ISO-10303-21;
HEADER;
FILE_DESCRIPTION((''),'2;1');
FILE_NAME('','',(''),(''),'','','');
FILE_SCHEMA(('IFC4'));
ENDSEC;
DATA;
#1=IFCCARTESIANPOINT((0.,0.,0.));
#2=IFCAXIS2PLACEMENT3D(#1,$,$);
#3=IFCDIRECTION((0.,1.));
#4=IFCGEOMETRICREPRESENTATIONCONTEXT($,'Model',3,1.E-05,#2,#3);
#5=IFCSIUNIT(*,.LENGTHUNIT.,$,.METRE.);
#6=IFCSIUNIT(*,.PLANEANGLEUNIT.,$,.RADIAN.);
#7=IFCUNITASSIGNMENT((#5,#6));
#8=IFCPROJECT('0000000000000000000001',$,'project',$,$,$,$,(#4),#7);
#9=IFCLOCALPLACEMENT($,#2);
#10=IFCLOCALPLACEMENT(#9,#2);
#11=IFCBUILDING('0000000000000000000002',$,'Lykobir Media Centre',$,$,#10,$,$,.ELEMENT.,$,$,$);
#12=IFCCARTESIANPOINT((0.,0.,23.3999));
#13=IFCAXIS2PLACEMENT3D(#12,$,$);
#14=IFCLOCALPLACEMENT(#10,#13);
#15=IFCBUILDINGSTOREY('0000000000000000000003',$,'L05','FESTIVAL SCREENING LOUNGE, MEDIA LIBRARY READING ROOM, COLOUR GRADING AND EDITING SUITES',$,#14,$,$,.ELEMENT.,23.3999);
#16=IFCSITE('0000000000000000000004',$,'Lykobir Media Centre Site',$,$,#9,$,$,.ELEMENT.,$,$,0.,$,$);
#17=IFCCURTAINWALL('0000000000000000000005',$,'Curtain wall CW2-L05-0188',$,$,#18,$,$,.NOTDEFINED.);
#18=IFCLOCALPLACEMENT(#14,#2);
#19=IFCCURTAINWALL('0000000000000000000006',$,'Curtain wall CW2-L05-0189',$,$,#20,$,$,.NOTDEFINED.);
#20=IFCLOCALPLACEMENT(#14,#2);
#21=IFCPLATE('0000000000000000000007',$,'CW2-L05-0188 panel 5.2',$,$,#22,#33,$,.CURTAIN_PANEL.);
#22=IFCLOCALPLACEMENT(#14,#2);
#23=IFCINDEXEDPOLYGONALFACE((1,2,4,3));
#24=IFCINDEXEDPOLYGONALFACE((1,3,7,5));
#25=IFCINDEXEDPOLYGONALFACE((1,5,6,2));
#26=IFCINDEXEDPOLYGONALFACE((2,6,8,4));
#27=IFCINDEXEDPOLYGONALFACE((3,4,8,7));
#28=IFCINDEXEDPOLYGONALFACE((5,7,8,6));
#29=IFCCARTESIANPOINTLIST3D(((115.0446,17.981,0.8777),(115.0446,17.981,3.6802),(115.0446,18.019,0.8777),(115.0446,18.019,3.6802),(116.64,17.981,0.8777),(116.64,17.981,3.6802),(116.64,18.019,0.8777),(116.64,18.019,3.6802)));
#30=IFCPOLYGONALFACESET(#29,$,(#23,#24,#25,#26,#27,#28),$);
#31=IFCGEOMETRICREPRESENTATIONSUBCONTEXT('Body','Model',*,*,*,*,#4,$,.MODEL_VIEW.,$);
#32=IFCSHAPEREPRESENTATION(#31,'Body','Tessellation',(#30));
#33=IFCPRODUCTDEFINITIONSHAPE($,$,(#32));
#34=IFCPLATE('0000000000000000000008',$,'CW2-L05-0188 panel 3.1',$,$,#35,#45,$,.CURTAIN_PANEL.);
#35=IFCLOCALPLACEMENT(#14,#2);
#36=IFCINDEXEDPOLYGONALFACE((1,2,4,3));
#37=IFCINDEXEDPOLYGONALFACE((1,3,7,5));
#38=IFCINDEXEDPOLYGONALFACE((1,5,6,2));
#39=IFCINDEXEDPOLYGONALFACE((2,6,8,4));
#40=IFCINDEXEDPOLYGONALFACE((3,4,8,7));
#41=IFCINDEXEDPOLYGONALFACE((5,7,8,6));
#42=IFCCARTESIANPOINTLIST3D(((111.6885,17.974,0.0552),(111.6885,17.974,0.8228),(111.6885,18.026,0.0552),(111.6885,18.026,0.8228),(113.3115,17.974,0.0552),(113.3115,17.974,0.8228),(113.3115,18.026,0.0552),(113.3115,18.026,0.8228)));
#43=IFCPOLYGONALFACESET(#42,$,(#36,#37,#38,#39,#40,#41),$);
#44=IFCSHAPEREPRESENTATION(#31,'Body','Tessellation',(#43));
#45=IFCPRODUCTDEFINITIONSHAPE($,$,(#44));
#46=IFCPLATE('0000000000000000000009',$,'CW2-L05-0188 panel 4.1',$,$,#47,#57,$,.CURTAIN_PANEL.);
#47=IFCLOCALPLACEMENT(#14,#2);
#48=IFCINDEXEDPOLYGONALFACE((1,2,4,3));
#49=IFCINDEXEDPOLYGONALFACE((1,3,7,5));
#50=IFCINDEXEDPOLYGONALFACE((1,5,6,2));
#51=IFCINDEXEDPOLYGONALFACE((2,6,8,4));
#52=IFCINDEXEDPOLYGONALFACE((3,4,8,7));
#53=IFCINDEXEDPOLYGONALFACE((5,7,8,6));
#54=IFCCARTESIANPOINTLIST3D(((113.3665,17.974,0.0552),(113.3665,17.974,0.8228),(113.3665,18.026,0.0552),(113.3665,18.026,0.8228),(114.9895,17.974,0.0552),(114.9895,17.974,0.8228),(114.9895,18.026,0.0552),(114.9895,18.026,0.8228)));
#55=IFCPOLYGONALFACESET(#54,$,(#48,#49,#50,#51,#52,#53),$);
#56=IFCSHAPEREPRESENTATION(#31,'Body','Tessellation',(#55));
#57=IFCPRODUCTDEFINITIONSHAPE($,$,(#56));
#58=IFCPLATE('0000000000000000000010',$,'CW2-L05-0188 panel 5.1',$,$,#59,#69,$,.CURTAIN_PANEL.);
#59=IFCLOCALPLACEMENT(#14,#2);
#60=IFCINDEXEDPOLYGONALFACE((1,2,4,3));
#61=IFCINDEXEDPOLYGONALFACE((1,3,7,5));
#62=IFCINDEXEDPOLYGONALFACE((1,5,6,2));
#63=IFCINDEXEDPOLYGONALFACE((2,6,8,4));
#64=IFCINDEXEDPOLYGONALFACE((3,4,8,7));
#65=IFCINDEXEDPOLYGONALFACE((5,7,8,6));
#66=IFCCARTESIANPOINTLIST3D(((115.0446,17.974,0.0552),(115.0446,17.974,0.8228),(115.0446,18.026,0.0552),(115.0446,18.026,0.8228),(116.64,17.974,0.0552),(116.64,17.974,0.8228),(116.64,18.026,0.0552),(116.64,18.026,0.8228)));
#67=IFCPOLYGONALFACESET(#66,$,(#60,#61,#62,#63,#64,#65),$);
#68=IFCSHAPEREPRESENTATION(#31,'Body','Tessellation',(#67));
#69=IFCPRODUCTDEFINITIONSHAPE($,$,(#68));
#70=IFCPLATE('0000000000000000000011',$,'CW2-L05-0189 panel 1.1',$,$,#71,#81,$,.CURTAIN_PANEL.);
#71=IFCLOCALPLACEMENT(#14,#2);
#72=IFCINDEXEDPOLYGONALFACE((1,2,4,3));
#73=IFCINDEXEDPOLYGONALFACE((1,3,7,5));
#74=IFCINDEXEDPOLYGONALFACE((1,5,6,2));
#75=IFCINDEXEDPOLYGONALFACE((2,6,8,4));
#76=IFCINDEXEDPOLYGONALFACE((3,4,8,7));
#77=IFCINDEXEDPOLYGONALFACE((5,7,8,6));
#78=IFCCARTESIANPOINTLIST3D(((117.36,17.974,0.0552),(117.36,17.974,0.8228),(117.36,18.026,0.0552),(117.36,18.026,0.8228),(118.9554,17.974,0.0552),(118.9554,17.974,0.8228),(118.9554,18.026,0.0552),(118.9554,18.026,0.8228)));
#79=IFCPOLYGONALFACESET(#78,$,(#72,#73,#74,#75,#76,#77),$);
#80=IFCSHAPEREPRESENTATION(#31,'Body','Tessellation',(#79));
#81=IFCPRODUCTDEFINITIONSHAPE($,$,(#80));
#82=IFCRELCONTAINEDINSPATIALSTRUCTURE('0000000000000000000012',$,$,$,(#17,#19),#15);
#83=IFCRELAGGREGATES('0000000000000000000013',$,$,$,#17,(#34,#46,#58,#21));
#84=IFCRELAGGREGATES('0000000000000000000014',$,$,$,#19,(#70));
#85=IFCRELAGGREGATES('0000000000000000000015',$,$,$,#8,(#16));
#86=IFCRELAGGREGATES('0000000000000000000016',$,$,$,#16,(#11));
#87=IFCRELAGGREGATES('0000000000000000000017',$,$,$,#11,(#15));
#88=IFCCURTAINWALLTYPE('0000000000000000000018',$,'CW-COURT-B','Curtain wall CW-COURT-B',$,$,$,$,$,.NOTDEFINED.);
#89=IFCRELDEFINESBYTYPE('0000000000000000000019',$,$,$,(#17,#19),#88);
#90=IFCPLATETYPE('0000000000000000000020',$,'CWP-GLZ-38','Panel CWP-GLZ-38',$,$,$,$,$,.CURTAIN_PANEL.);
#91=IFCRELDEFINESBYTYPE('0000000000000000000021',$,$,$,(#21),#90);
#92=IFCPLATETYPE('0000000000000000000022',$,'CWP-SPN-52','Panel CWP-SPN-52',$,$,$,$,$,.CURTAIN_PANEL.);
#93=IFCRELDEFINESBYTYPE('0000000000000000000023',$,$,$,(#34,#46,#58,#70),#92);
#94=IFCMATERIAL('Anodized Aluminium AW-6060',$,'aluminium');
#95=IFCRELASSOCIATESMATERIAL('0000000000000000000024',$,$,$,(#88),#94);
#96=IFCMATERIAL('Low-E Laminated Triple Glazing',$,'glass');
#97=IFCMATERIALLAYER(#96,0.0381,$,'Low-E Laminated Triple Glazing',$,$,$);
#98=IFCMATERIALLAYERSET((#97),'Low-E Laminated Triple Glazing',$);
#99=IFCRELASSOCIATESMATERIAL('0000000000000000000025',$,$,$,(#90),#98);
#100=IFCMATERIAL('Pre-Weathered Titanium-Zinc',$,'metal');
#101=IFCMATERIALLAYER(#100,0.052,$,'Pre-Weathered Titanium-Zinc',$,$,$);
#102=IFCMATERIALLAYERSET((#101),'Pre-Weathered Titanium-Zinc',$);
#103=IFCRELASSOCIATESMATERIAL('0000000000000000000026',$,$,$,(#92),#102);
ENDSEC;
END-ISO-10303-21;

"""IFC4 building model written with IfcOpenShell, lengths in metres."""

from ifc_helpers import new_model, si_unit, direction, frame, origin, origin_2d, place, context, subcontext, project, spatial, rectangle, extrude, material, layer, layer_set, type_object, element, aggregate, save


model = new_model("IFC4")

# Units and contexts
model_context = context("Model", 3, precision=1e-05, world=origin(), true_north=direction((0.0, 1.0)))
body_context = subcontext(model_context, "Body", "Model", "MODEL_VIEW")
ifc_project = project(units=[si_unit("LENGTHUNIT", "METRE"), si_unit("PLANEANGLEUNIT", "RADIAN")], contexts=[model_context])

# Site, building, storey
site_placement = place(None, origin())
site = spatial("IfcSite", under=ifc_project, at=site_placement, Name="Lykobir Media Centre Site", CompositionType="ELEMENT", RefElevation=0.0)
building_placement = place(site_placement, origin())
building = spatial("IfcBuilding", under=site, at=building_placement, Name="Lykobir Media Centre", CompositionType="ELEMENT")
storey_placement = place(building_placement, frame((0.0, 0.0, 23.3999)))
storey = spatial("IfcBuildingStorey", under=building, at=storey_placement, Name="L05", Description="FESTIVAL SCREENING LOUNGE, MEDIA LIBRARY READING ROOM, COLOUR GRADING AND EDITING SUITES", CompositionType="ELEMENT", Elevation=23.3999)

# Curtain wall
ifc_material_1 = material(Name="Anodized Aluminium AW-6060", Category="aluminium")
curtain_wall_type = type_object("IfcCurtainWallType", Name="CW-COURT-B", Description="Curtain wall CW-COURT-B", PredefinedType="NOTDEFINED", material=ifc_material_1)
curtain_wall_1_placement = place(storey_placement, origin())
curtain_wall_1 = element("IfcCurtainWall", 1, at=curtain_wall_1_placement, inside=storey, type_object=curtain_wall_type, Name="Curtain wall CW2-L05-0188", PredefinedType="NOTDEFINED")

# Curtain wall
curtain_wall_2_placement = place(storey_placement, origin())
curtain_wall_2 = element("IfcCurtainWall", 2, at=curtain_wall_2_placement, inside=storey, type_object=curtain_wall_type, Name="Curtain wall CW2-L05-0189", PredefinedType="NOTDEFINED")

# Plates
ifc_material_2 = material(Name="Low-E Laminated Triple Glazing", Category="glass")
ifc_layer_1 = layer(ifc_material_2, 0.0381, Name="Low-E Laminated Triple Glazing")
ifc_layer_set_1 = layer_set([ifc_layer_1], Name="Low-E Laminated Triple Glazing")
plate_type_1 = type_object("IfcPlateType", Name="CWP-GLZ-38", Description="Panel CWP-GLZ-38", PredefinedType="CURTAIN_PANEL", material=ifc_layer_set_1)
plate_1_placement = place(storey_placement, frame((115.8423, 18.0, 0.8777), z_axis=(0.0, 0.0, 1.0), x_axis=(1.0, 0.0, 0.0)))
plate_1 = element("IfcPlate", 3, at=plate_1_placement, type_object=plate_type_1, Name="CW2-L05-0188 panel 5.2", PredefinedType="CURTAIN_PANEL", context=body_context, shape_type="SweptSolid", body=[
    extrude(rectangle(XDim=1.5955, YDim=0.0381, at=origin_2d()), origin(), (0.0, 0.0, 1.0), 2.8025),
])
ifc_material_3 = material(Name="Pre-Weathered Titanium-Zinc", Category="metal")
ifc_layer_2 = layer(ifc_material_3, 0.052, Name="Pre-Weathered Titanium-Zinc")
ifc_layer_set_2 = layer_set([ifc_layer_2], Name="Pre-Weathered Titanium-Zinc")
plate_type_2 = type_object("IfcPlateType", Name="CWP-SPN-52", Description="Panel CWP-SPN-52", PredefinedType="CURTAIN_PANEL", material=ifc_layer_set_2)
plate_2_placement = place(storey_placement, frame((112.5, 18.0, 0.0552), z_axis=(0.0, 0.0, 1.0), x_axis=(1.0, 0.0, 0.0)))
plate_2 = element("IfcPlate", 4, at=plate_2_placement, type_object=plate_type_2, Name="CW2-L05-0188 panel 3.1", PredefinedType="CURTAIN_PANEL", context=body_context, shape_type="SweptSolid", body=[
    extrude(rectangle(XDim=1.623, YDim=0.052, at=origin_2d()), origin(), (0.0, 0.0, 1.0), 0.7676),
])
plate_3_placement = place(storey_placement, frame((114.178, 18.0, 0.0552), z_axis=(0.0, 0.0, 1.0), x_axis=(1.0, 0.0, 0.0)))
plate_3 = element("IfcPlate", 5, at=plate_3_placement, type_object=plate_type_2, Name="CW2-L05-0188 panel 4.1", PredefinedType="CURTAIN_PANEL", context=body_context, shape_type="SweptSolid", body=[
    extrude(rectangle(XDim=1.623, YDim=0.052, at=origin_2d()), origin(), (0.0, 0.0, 1.0), 0.7676),
])
plate_4_placement = place(storey_placement, frame((115.8423, 18.0, 0.0552), z_axis=(0.0, 0.0, 1.0), x_axis=(1.0, 0.0, 0.0)))
plate_4 = element("IfcPlate", 6, at=plate_4_placement, type_object=plate_type_2, Name="CW2-L05-0188 panel 5.1", PredefinedType="CURTAIN_PANEL", context=body_context, shape_type="SweptSolid", body=[
    extrude(rectangle(XDim=1.5955, YDim=0.052, at=origin_2d()), origin(), (0.0, 0.0, 1.0), 0.7676),
])
aggregate(curtain_wall_1, [plate_2, plate_3, plate_4, plate_1])
plate_5_placement = place(storey_placement, frame((118.1577, 18.0, 0.0552), z_axis=(0.0, 0.0, 1.0), x_axis=(1.0, 0.0, 0.0)))
plate_5 = element("IfcPlate", 7, at=plate_5_placement, type_object=plate_type_2, Name="CW2-L05-0189 panel 1.1", PredefinedType="CURTAIN_PANEL", context=body_context, shape_type="SweptSolid", body=[
    extrude(rectangle(XDim=1.5955, YDim=0.052, at=origin_2d()), origin(), (0.0, 0.0, 1.0), 0.7676),
])
aggregate(curtain_wall_2, [plate_5])

save(model, "model.ifc")
